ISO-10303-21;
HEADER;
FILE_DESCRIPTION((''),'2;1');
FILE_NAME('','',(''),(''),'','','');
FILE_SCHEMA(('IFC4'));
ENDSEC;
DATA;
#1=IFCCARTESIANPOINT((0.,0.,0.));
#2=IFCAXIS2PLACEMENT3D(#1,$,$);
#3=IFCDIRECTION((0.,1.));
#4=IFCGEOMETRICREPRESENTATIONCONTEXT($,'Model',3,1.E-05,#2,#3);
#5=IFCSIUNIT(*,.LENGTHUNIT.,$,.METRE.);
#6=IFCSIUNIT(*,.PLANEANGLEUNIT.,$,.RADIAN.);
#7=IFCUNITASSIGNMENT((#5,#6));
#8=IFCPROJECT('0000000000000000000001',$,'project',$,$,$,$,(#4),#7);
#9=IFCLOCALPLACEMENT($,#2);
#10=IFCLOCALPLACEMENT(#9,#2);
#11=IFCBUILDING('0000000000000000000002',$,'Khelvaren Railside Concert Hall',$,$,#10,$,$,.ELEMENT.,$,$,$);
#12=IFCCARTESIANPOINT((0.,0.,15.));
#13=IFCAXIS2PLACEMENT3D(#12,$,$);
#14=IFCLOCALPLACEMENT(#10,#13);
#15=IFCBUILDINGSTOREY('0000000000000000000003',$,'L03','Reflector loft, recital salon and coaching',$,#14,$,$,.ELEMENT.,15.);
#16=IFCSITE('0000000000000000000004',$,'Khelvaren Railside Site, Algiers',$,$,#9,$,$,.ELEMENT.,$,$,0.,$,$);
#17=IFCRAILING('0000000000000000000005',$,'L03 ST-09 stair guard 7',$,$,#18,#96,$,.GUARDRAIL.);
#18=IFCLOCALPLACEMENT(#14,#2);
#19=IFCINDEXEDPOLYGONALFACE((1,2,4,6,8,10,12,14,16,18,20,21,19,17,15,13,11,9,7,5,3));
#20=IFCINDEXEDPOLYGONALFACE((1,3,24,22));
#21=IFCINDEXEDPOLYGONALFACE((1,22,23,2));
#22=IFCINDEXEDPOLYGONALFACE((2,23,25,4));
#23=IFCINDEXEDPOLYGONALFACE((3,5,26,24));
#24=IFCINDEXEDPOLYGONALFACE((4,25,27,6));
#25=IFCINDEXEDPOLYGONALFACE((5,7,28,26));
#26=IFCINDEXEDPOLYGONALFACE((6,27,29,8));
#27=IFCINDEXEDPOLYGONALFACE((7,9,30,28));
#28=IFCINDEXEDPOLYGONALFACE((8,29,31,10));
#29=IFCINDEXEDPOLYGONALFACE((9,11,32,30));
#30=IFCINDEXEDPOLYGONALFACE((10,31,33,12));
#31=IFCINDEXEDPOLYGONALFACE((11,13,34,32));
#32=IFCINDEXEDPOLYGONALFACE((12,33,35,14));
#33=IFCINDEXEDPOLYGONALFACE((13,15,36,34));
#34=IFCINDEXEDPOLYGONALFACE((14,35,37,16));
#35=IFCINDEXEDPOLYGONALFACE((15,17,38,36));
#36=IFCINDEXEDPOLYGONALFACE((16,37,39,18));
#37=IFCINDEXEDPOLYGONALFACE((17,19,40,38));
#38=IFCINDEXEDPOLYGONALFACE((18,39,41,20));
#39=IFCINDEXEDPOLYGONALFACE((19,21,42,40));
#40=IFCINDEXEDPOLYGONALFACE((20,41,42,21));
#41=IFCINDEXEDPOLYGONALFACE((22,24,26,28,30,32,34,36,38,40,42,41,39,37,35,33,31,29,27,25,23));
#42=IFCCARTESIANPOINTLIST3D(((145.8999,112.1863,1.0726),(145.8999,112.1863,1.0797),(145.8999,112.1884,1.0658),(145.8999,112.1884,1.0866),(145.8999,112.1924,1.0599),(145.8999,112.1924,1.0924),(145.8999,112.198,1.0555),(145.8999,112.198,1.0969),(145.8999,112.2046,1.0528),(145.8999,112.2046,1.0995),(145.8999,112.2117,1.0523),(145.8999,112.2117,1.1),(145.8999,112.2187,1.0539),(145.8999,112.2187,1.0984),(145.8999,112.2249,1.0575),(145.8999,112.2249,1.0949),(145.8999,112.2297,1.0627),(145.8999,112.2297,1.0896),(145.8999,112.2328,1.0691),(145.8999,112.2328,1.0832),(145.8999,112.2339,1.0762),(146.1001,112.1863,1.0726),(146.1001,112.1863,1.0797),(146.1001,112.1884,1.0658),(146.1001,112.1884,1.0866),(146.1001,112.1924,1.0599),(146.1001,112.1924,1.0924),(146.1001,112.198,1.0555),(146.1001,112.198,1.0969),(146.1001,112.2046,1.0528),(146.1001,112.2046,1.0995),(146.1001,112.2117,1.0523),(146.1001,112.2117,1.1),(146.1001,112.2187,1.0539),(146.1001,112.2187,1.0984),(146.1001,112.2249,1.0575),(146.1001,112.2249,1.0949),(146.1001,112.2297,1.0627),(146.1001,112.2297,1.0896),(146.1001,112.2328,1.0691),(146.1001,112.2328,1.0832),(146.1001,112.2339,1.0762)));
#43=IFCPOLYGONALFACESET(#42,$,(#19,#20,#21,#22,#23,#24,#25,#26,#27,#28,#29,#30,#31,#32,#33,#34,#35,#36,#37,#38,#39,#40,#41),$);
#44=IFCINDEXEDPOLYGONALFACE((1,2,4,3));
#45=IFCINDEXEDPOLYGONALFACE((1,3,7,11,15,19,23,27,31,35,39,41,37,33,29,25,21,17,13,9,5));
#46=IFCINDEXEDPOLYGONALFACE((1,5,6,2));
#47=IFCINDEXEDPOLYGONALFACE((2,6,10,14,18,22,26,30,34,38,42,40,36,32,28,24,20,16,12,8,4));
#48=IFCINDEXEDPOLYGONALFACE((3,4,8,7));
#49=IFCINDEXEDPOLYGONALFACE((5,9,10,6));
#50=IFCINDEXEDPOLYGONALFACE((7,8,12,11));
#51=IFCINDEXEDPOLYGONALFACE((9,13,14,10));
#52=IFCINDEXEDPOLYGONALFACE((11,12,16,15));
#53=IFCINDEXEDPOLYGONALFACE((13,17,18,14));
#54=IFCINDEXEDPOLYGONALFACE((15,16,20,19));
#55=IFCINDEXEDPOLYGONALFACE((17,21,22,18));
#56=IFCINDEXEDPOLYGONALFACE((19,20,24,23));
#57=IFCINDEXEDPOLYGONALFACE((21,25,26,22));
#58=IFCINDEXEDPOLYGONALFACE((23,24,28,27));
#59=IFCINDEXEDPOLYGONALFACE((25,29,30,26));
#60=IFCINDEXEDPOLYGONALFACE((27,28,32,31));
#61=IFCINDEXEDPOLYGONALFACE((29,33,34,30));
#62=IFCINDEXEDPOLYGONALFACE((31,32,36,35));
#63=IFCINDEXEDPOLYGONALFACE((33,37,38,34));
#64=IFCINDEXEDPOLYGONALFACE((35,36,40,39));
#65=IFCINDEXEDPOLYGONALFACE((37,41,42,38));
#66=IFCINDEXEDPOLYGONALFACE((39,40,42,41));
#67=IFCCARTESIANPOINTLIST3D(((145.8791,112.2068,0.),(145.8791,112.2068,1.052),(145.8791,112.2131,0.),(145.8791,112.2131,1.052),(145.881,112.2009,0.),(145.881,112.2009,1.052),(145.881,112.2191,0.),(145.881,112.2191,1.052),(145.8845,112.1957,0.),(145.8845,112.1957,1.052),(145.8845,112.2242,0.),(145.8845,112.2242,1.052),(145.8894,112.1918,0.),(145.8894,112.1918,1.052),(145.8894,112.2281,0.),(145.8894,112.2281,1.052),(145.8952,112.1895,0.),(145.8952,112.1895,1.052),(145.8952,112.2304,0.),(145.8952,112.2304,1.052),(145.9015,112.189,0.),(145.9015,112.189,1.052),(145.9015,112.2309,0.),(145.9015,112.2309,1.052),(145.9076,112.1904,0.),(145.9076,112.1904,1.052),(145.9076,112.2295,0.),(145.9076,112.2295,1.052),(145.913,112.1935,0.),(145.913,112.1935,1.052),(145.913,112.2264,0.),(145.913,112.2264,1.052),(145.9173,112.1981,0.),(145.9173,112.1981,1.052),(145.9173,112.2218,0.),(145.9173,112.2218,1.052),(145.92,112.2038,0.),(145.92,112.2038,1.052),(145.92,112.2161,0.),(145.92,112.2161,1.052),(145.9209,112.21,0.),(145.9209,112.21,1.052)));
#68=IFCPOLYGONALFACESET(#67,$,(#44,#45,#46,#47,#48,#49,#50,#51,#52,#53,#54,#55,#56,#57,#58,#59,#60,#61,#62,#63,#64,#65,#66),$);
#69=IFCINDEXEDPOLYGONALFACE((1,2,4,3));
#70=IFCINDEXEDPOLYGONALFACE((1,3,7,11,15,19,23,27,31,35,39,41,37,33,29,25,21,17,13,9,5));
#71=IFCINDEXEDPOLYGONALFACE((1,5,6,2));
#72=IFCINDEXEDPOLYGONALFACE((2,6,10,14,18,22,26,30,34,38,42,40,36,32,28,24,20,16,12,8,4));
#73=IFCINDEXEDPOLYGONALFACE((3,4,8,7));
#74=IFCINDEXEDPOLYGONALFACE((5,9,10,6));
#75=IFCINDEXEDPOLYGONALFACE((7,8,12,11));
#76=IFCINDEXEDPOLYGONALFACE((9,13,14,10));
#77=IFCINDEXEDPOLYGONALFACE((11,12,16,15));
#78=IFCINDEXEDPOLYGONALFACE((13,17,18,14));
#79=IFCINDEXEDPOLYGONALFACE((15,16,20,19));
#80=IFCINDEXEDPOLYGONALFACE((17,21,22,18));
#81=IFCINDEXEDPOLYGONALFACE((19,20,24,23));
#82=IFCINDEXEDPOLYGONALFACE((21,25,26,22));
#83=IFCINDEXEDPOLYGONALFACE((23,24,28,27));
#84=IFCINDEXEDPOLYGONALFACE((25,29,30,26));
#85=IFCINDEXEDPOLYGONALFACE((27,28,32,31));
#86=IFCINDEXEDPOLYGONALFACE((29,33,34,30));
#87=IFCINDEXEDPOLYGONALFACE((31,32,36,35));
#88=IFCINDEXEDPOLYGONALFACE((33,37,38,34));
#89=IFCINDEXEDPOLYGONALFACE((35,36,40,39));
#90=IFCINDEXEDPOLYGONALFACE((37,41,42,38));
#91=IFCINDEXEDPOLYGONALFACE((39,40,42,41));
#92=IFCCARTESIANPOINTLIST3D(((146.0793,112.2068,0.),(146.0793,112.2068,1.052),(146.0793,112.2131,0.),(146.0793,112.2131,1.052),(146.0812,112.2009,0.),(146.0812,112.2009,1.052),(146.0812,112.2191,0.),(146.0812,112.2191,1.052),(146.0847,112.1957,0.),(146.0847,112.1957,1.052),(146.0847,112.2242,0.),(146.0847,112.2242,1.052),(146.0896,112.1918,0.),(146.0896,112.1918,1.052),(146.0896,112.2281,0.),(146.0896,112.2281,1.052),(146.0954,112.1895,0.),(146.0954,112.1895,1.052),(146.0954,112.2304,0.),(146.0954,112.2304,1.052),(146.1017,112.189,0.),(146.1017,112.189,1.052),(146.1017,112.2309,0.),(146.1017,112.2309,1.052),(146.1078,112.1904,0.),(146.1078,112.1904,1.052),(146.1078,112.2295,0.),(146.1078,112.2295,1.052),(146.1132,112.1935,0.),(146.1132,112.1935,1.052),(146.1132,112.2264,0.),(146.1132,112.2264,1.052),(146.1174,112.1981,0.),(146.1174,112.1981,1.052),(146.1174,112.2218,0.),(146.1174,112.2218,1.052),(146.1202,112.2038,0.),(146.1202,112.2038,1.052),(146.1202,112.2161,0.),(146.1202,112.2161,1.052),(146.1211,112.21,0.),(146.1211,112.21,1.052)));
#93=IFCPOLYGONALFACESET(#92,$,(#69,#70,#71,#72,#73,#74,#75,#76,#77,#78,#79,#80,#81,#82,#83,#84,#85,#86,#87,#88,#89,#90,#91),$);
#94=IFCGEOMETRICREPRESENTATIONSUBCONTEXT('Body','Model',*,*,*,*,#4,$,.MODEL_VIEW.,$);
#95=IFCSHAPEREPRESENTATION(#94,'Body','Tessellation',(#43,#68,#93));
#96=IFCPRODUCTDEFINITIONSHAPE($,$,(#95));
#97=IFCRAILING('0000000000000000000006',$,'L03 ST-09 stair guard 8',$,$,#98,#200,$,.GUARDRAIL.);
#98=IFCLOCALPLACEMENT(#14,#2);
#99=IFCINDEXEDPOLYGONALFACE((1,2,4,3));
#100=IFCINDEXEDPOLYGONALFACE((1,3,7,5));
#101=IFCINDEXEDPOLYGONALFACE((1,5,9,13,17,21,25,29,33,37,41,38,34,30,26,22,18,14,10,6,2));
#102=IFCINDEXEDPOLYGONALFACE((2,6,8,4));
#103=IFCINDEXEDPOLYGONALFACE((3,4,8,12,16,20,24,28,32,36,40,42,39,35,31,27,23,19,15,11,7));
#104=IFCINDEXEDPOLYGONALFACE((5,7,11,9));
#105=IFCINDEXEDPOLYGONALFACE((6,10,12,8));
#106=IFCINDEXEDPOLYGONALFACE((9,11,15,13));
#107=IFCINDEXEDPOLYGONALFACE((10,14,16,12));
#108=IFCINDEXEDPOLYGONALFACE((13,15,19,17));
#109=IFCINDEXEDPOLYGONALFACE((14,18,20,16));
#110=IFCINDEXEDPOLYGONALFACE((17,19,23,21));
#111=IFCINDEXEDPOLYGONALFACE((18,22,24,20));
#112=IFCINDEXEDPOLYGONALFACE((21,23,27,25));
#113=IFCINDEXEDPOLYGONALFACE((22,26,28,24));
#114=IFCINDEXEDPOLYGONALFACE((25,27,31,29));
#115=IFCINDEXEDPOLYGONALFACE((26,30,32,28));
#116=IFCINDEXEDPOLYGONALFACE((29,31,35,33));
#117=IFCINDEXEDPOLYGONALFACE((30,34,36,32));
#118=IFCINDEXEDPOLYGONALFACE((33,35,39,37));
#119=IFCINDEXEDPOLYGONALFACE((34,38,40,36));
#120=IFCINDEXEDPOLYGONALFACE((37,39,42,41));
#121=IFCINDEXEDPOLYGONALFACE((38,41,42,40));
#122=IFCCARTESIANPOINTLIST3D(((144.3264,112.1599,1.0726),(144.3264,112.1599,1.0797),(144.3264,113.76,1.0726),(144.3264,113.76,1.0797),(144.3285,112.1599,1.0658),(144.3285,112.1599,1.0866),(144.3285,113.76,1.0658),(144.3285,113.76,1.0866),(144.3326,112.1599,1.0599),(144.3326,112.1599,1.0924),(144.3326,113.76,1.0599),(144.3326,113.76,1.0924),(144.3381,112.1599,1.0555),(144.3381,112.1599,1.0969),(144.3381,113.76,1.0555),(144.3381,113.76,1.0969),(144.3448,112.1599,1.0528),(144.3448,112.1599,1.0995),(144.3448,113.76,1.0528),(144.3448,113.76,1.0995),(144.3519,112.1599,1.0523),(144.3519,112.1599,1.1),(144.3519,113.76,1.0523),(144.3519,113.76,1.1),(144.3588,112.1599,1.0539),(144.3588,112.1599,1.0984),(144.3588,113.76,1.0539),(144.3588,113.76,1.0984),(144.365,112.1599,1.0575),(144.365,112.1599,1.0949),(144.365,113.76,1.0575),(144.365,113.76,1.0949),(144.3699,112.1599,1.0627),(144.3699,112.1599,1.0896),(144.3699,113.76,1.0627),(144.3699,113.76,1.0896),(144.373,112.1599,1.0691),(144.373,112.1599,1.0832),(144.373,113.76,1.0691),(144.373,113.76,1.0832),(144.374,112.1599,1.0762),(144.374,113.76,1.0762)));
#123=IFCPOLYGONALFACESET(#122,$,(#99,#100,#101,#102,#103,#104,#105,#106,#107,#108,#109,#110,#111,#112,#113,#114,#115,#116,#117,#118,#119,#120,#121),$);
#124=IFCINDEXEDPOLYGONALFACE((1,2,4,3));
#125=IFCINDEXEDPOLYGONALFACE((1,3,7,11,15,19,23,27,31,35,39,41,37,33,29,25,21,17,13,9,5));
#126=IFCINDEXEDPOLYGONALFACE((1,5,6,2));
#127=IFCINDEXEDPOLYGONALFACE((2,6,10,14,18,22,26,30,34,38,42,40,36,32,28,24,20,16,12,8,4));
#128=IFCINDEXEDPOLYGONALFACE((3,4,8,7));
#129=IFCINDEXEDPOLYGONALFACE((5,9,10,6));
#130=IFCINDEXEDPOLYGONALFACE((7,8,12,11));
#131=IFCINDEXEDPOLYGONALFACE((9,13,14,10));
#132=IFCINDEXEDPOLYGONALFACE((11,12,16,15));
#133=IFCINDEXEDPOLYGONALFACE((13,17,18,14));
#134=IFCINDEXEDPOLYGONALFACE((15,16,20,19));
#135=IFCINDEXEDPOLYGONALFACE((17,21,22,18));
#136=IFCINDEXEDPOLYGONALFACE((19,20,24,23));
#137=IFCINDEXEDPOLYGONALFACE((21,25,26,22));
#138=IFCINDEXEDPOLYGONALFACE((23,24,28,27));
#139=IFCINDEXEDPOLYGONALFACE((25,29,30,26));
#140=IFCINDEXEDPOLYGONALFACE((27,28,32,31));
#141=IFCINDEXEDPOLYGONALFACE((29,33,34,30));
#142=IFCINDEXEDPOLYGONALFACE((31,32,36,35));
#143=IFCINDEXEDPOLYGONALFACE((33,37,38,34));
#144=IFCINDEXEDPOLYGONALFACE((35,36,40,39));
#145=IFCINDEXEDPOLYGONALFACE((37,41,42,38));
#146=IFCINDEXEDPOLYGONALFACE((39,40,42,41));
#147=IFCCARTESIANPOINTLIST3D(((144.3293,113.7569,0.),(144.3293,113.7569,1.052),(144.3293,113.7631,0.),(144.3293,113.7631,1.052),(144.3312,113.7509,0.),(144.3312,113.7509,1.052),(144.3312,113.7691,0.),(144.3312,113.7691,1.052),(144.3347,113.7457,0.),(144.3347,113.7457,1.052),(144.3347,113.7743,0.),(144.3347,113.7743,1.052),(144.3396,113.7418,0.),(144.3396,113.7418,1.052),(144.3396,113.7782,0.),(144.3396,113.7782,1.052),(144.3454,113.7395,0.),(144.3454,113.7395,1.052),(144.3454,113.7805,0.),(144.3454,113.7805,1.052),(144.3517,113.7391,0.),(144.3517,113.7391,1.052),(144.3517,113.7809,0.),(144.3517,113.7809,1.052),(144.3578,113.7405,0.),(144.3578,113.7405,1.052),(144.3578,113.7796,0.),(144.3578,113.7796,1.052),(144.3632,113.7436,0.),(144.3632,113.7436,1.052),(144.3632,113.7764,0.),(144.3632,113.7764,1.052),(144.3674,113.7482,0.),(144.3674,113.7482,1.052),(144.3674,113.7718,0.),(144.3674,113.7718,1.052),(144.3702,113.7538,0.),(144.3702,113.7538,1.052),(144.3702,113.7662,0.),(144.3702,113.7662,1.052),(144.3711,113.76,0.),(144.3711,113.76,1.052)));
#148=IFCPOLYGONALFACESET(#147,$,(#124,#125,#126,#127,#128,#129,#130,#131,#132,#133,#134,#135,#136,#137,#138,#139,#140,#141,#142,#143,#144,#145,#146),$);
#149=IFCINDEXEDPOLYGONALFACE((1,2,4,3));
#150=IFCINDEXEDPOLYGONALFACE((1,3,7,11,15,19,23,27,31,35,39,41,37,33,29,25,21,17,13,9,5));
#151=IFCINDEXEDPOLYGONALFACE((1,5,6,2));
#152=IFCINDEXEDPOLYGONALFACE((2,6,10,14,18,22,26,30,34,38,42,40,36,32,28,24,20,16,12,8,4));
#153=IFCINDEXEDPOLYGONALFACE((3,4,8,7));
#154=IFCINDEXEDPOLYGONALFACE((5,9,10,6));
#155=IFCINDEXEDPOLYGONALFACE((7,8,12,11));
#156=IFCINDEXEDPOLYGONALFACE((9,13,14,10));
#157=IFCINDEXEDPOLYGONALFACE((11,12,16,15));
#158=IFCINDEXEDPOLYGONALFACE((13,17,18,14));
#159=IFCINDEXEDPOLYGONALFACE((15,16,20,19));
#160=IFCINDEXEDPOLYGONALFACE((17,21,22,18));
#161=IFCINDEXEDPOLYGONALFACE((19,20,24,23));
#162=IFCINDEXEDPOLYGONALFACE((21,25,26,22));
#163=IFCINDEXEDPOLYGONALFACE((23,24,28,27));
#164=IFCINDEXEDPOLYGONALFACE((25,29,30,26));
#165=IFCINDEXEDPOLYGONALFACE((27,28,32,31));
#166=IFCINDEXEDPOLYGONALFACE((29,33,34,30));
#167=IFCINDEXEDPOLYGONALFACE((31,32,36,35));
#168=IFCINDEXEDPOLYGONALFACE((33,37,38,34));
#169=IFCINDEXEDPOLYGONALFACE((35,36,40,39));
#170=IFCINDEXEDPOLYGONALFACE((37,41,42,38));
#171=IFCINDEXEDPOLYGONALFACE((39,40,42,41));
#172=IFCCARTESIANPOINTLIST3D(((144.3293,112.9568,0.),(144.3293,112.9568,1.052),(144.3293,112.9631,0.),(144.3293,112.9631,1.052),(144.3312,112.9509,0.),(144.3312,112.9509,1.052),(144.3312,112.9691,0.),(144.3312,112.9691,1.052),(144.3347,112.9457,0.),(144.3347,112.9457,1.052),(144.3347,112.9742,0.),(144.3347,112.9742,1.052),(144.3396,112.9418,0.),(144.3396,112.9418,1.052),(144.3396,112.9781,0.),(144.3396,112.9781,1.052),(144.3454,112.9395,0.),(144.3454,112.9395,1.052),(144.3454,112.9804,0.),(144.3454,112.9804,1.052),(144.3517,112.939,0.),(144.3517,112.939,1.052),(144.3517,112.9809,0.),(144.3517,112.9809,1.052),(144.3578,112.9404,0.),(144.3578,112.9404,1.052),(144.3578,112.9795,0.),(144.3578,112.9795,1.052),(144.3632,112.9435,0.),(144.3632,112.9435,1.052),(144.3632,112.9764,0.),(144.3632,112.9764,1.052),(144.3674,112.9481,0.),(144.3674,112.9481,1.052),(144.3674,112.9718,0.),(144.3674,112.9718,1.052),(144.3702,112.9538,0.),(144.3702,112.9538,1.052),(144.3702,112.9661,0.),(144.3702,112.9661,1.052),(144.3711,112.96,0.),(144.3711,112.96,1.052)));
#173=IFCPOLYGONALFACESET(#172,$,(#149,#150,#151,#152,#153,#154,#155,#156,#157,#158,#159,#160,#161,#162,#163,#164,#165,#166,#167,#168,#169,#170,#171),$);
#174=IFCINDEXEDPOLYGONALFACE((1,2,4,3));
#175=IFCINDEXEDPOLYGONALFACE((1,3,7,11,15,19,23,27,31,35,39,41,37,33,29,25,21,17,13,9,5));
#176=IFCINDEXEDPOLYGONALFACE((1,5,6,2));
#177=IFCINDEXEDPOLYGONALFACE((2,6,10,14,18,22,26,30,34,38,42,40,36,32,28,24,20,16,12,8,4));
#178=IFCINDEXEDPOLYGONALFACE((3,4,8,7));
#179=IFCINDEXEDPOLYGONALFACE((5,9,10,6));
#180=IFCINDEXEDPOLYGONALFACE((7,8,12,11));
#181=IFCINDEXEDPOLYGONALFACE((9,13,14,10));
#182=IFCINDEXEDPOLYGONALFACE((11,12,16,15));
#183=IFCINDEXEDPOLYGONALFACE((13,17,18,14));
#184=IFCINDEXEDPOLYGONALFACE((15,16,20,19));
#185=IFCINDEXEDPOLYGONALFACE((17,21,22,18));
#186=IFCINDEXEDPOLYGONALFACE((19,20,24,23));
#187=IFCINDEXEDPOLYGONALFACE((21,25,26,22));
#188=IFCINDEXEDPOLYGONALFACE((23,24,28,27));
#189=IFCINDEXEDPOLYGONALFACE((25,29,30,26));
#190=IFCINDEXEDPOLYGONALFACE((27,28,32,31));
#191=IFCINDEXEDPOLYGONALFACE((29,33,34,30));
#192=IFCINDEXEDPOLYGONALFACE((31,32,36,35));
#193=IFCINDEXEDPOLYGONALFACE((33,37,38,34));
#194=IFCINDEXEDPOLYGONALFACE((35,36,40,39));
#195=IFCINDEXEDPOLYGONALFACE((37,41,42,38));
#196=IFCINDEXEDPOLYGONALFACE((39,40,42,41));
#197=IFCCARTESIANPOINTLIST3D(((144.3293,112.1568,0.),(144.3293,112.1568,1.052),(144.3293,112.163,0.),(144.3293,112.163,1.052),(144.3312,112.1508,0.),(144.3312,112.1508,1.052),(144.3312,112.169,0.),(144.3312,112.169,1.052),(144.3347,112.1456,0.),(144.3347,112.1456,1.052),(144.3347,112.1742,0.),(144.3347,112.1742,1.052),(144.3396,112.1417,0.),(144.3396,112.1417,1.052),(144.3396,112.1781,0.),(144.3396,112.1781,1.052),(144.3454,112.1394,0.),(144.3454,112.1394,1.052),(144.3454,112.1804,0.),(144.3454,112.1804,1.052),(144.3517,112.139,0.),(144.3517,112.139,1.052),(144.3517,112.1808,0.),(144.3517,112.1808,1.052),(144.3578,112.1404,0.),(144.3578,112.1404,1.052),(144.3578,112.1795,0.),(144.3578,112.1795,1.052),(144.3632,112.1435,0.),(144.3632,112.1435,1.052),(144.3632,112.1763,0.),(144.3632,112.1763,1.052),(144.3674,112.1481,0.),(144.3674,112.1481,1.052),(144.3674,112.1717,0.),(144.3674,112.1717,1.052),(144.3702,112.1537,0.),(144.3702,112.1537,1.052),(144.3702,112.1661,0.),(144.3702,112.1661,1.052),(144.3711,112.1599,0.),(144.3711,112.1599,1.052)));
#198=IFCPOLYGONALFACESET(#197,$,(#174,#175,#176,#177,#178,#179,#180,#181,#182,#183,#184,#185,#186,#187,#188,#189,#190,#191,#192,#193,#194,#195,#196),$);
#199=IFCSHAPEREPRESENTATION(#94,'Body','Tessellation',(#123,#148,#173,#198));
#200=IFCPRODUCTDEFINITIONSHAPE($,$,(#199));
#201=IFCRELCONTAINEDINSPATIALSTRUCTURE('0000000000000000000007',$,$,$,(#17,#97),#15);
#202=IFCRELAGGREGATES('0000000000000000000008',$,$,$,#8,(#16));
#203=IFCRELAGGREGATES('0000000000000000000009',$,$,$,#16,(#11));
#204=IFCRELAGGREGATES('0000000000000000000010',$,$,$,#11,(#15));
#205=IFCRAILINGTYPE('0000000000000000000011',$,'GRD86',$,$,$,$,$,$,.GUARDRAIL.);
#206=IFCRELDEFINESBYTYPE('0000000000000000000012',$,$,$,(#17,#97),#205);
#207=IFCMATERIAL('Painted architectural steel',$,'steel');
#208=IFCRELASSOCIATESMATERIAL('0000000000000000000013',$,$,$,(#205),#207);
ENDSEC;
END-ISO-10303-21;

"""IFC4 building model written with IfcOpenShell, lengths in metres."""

from ifc_helpers import new_model, si_unit, direction, frame, origin, origin_2d, place, context, subcontext, project, spatial, circle, extrude, material, type_object, element, save


model = new_model("IFC4")

# Units and contexts
model_context = context("Model", 3, precision=1e-05, world=origin(), true_north=direction((0.0, 1.0)))
body_context = subcontext(model_context, "Body", "Model", "MODEL_VIEW")
ifc_project = project(units=[si_unit("LENGTHUNIT", "METRE"), si_unit("PLANEANGLEUNIT", "RADIAN")], contexts=[model_context])

# Site, building, storey
site_placement = place(None, origin())
site = spatial("IfcSite", under=ifc_project, at=site_placement, Name="Khelvaren Railside Site, Algiers", CompositionType="ELEMENT", RefElevation=0.0)
building_placement = place(site_placement, origin())
building = spatial("IfcBuilding", under=site, at=building_placement, Name="Khelvaren Railside Concert Hall", CompositionType="ELEMENT")
storey_placement = place(building_placement, frame((0.0, 0.0, 15.0)))
storey = spatial("IfcBuildingStorey", under=building, at=storey_placement, Name="L03", Description="Reflector loft, recital salon and coaching", CompositionType="ELEMENT", Elevation=15.0)

# Railings
ifc_material_1 = material(Name="Painted architectural steel", Category="steel")
railing_type_1 = type_object("IfcRailingType", Name="GRD86", PredefinedType="GUARDRAIL", material=ifc_material_1)
railing_1_placement = place(storey_placement, frame((145.8999, 112.21, 0.0)))
element("IfcRailing", 1, at=railing_1_placement, inside=storey, type_object=railing_type_1, Name="L03 ST-09 stair guard 7", PredefinedType="GUARDRAIL", context=body_context, shape_type="SweptSolid", body=[
    extrude(circle(Radius=0.0239, at=origin_2d()), frame((0.0, 0.0, 1.0762), z_axis=(1.0, 0.0, 0.0), x_axis=(0.0, 1.0, 0.0)), (0.0, 0.0, 1.0), 0.2002),
    extrude(circle(Radius=0.021, at=origin_2d()), origin(), (0.0, 0.0, 1.0), 1.052),
    extrude(circle(Radius=0.021, at=origin_2d()), frame((0.2002, 0.0, 0.0)), (0.0, 0.0, 1.0), 1.052),
])
for number, where, name in (
    (2, (144.3501, 113.76, 0.0), "L03 ST-09 stair guard 8"),
):
    element("IfcRailing", number, at=place(storey_placement, frame(where)), inside=storey, type_object=railing_type_1, Name=name, PredefinedType="GUARDRAIL", context=body_context, shape_type="SweptSolid", body=[
        extrude(circle(Radius=0.0239, at=origin_2d()), frame((0.0, 0.0, 1.0762), z_axis=(0.0, -1.0, 0.0), x_axis=(1.0, 0.0, 0.0)), (0.0, 0.0, 1.0), 1.6001),
        extrude(circle(Radius=0.021, at=origin_2d()), origin(), (0.0, 0.0, 1.0), 1.052),
        extrude(circle(Radius=0.021, at=origin_2d()), frame((0.0, -0.8, 0.0)), (0.0, 0.0, 1.0), 1.052),
        extrude(circle(Radius=0.021, at=origin_2d()), frame((0.0, -1.6001, 0.0)), (0.0, 0.0, 1.0), 1.052),
    ])

save(model, "model.ifc")
